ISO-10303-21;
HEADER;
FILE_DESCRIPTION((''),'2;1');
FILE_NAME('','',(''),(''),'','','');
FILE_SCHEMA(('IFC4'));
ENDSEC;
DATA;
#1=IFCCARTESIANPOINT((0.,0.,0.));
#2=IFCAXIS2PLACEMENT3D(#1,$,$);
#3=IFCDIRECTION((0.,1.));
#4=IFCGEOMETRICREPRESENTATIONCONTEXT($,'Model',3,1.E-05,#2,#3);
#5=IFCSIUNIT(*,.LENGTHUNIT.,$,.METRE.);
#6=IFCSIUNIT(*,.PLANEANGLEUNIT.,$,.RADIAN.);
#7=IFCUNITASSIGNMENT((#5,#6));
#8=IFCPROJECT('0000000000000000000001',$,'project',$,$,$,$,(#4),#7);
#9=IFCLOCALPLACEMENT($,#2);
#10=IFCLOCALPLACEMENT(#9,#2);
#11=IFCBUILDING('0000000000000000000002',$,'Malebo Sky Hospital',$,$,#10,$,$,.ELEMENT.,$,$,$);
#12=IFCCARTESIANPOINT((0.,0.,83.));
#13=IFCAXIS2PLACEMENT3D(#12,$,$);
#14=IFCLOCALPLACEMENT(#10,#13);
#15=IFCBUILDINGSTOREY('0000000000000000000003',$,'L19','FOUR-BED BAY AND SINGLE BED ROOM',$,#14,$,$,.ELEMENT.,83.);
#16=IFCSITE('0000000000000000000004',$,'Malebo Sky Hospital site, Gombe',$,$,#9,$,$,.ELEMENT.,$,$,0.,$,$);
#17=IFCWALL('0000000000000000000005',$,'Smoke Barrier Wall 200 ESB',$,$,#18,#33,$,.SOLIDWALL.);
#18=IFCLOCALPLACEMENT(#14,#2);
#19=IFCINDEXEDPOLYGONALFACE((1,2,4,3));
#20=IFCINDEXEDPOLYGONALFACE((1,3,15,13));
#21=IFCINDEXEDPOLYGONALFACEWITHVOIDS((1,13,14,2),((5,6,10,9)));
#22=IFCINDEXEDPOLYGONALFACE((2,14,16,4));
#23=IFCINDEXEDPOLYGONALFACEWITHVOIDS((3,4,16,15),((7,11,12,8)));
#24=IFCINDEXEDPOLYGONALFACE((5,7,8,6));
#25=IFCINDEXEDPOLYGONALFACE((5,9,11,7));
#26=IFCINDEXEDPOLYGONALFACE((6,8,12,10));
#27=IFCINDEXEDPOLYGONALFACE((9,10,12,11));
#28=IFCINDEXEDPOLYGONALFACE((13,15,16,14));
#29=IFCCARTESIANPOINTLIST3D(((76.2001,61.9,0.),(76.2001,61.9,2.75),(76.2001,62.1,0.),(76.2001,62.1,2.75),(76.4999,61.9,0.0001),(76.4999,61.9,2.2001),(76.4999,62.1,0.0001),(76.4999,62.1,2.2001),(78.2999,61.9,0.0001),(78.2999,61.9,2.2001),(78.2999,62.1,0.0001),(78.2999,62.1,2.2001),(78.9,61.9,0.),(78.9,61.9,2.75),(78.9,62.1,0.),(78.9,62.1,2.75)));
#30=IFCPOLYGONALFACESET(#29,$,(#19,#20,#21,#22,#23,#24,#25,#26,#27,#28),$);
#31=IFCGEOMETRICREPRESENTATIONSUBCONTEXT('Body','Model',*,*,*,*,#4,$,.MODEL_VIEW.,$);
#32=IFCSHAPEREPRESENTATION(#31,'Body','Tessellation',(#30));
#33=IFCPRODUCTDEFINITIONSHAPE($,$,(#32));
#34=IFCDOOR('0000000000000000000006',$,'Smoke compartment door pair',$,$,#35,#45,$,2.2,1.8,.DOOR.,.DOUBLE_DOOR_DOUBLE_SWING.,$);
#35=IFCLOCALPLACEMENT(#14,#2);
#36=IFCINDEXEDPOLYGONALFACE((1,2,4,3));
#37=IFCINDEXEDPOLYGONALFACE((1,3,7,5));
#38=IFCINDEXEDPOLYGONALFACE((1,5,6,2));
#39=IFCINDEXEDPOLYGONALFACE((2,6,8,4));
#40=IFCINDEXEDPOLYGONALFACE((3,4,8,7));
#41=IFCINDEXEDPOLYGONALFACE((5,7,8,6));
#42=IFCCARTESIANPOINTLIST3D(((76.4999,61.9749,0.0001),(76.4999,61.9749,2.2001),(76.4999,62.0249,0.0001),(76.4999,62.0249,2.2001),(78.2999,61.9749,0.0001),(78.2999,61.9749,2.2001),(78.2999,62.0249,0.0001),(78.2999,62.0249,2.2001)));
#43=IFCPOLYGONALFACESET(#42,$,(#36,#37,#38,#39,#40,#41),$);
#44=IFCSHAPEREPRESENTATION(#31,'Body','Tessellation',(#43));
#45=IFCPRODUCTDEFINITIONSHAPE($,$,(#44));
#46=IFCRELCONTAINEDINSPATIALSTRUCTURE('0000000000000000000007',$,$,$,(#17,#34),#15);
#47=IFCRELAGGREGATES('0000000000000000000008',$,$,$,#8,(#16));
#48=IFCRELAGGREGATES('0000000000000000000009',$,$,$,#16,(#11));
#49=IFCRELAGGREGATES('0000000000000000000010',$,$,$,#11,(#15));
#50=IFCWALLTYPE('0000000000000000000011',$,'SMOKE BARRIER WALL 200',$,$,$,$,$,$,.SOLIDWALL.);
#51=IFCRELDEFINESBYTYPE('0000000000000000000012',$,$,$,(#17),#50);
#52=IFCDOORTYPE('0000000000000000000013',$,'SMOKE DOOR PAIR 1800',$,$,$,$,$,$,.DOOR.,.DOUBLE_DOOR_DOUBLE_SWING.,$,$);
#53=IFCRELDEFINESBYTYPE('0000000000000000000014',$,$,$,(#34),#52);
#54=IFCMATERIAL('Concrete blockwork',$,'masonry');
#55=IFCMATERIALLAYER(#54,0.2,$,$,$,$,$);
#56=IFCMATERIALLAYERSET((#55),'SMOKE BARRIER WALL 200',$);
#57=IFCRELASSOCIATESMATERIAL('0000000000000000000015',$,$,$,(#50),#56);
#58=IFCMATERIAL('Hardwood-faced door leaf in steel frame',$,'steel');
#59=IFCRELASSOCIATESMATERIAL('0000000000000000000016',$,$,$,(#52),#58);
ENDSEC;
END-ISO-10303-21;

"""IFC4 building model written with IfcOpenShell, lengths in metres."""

from ifc_helpers import new_model, si_unit, direction, frame, frame_2d, origin, place, context, subcontext, project, spatial, rectangle, extrude, material, layer, layer_set, type_object, element, fill, save


model = new_model("IFC4")

# Units and contexts
model_context = context("Model", 3, precision=1e-05, world=origin(), true_north=direction((0.0, 1.0)))
body_context = subcontext(model_context, "Body", "Model", "MODEL_VIEW")
ifc_project = project(units=[si_unit("LENGTHUNIT", "METRE"), si_unit("PLANEANGLEUNIT", "RADIAN")], contexts=[model_context])

# Site, building, storey
site_placement = place(None, origin())
site = spatial("IfcSite", under=ifc_project, at=site_placement, Name="Malebo Sky Hospital site, Gombe", CompositionType="ELEMENT", RefElevation=0.0)
building_placement = place(site_placement, origin())
building = spatial("IfcBuilding", under=site, at=building_placement, Name="Malebo Sky Hospital", CompositionType="ELEMENT")
storey_placement = place(building_placement, frame((0.0, 0.0, 83.0)))
storey = spatial("IfcBuildingStorey", under=building, at=storey_placement, Name="L19", Description="FOUR-BED BAY AND SINGLE BED ROOM", CompositionType="ELEMENT", Elevation=83.0)

# Shared definitions
ifc_material_1 = material(Name="Hardwood-faced door leaf in steel frame", Category="steel")

# Shared definitions
ifc_material_2 = material(Name="Concrete blockwork", Category="masonry")
ifc_layer_1 = layer(ifc_material_2, 0.2)
ifc_layer_set_1 = layer_set([ifc_layer_1], Name="SMOKE BARRIER WALL 200")
wall_type_1 = type_object("IfcWallType", Name="SMOKE BARRIER WALL 200", PredefinedType="SOLIDWALL", material=ifc_layer_set_1)

# Wall, opening, door
wall_1_placement = place(storey_placement, frame((76.2, 62.0, 0.0), z_axis=(0.0, 0.0, 1.0), x_axis=(1.0, 0.0, 0.0)))
wall_1 = element("IfcWall", 1, at=wall_1_placement, inside=storey, type_object=wall_type_1, Name="Smoke Barrier Wall 200 ESB", PredefinedType="SOLIDWALL", context=body_context, shape_type="SweptSolid", body=[
    extrude(rectangle(XDim=2.7, YDim=0.2, at=frame_2d((1.3501, 0.0))), origin(), (0.0, 0.0, 1.0), 2.75),
])
opening_1_placement = place(wall_1_placement, frame((0.3, 0.0, 0.0)))
opening_1 = element("IfcOpeningElement", 2, at=opening_1_placement, cuts=wall_1, PredefinedType="OPENING", context=body_context, shape_type="SweptSolid", body=[
    extrude(rectangle(XDim=1.8, YDim=2.2, at=frame_2d((0.8999, 1.1001))), frame((0.0, 0.1099, 0.0), z_axis=(0.0, -1.0, 0.0), x_axis=(1.0, 0.0, 0.0)), (0.0, 0.0, 1.0), 0.22),
])
door_type_1 = type_object("IfcDoorType", Name="SMOKE DOOR PAIR 1800", OperationType="DOUBLE_DOOR_DOUBLE_SWING", PredefinedType="DOOR", material=ifc_material_1)
door_1_placement = place(opening_1_placement, origin())
door_1 = element("IfcDoor", 3, at=door_1_placement, inside=storey, type_object=door_type_1, Name="Smoke compartment door pair", OperationType="DOUBLE_DOOR_DOUBLE_SWING", OverallHeight=2.2, OverallWidth=1.8, PredefinedType="DOOR", context=body_context, shape_type="SweptSolid", body=[
    extrude(rectangle(XDim=1.8, YDim=2.2, at=frame_2d((0.8999, 1.1001))), frame((0.0, 0.0249, 0.0), z_axis=(0.0, -1.0, 0.0), x_axis=(1.0, 0.0, 0.0)), (0.0, 0.0, 1.0), 0.05),
])
fill(opening_1, door_1)

save(model, "model.ifc")
